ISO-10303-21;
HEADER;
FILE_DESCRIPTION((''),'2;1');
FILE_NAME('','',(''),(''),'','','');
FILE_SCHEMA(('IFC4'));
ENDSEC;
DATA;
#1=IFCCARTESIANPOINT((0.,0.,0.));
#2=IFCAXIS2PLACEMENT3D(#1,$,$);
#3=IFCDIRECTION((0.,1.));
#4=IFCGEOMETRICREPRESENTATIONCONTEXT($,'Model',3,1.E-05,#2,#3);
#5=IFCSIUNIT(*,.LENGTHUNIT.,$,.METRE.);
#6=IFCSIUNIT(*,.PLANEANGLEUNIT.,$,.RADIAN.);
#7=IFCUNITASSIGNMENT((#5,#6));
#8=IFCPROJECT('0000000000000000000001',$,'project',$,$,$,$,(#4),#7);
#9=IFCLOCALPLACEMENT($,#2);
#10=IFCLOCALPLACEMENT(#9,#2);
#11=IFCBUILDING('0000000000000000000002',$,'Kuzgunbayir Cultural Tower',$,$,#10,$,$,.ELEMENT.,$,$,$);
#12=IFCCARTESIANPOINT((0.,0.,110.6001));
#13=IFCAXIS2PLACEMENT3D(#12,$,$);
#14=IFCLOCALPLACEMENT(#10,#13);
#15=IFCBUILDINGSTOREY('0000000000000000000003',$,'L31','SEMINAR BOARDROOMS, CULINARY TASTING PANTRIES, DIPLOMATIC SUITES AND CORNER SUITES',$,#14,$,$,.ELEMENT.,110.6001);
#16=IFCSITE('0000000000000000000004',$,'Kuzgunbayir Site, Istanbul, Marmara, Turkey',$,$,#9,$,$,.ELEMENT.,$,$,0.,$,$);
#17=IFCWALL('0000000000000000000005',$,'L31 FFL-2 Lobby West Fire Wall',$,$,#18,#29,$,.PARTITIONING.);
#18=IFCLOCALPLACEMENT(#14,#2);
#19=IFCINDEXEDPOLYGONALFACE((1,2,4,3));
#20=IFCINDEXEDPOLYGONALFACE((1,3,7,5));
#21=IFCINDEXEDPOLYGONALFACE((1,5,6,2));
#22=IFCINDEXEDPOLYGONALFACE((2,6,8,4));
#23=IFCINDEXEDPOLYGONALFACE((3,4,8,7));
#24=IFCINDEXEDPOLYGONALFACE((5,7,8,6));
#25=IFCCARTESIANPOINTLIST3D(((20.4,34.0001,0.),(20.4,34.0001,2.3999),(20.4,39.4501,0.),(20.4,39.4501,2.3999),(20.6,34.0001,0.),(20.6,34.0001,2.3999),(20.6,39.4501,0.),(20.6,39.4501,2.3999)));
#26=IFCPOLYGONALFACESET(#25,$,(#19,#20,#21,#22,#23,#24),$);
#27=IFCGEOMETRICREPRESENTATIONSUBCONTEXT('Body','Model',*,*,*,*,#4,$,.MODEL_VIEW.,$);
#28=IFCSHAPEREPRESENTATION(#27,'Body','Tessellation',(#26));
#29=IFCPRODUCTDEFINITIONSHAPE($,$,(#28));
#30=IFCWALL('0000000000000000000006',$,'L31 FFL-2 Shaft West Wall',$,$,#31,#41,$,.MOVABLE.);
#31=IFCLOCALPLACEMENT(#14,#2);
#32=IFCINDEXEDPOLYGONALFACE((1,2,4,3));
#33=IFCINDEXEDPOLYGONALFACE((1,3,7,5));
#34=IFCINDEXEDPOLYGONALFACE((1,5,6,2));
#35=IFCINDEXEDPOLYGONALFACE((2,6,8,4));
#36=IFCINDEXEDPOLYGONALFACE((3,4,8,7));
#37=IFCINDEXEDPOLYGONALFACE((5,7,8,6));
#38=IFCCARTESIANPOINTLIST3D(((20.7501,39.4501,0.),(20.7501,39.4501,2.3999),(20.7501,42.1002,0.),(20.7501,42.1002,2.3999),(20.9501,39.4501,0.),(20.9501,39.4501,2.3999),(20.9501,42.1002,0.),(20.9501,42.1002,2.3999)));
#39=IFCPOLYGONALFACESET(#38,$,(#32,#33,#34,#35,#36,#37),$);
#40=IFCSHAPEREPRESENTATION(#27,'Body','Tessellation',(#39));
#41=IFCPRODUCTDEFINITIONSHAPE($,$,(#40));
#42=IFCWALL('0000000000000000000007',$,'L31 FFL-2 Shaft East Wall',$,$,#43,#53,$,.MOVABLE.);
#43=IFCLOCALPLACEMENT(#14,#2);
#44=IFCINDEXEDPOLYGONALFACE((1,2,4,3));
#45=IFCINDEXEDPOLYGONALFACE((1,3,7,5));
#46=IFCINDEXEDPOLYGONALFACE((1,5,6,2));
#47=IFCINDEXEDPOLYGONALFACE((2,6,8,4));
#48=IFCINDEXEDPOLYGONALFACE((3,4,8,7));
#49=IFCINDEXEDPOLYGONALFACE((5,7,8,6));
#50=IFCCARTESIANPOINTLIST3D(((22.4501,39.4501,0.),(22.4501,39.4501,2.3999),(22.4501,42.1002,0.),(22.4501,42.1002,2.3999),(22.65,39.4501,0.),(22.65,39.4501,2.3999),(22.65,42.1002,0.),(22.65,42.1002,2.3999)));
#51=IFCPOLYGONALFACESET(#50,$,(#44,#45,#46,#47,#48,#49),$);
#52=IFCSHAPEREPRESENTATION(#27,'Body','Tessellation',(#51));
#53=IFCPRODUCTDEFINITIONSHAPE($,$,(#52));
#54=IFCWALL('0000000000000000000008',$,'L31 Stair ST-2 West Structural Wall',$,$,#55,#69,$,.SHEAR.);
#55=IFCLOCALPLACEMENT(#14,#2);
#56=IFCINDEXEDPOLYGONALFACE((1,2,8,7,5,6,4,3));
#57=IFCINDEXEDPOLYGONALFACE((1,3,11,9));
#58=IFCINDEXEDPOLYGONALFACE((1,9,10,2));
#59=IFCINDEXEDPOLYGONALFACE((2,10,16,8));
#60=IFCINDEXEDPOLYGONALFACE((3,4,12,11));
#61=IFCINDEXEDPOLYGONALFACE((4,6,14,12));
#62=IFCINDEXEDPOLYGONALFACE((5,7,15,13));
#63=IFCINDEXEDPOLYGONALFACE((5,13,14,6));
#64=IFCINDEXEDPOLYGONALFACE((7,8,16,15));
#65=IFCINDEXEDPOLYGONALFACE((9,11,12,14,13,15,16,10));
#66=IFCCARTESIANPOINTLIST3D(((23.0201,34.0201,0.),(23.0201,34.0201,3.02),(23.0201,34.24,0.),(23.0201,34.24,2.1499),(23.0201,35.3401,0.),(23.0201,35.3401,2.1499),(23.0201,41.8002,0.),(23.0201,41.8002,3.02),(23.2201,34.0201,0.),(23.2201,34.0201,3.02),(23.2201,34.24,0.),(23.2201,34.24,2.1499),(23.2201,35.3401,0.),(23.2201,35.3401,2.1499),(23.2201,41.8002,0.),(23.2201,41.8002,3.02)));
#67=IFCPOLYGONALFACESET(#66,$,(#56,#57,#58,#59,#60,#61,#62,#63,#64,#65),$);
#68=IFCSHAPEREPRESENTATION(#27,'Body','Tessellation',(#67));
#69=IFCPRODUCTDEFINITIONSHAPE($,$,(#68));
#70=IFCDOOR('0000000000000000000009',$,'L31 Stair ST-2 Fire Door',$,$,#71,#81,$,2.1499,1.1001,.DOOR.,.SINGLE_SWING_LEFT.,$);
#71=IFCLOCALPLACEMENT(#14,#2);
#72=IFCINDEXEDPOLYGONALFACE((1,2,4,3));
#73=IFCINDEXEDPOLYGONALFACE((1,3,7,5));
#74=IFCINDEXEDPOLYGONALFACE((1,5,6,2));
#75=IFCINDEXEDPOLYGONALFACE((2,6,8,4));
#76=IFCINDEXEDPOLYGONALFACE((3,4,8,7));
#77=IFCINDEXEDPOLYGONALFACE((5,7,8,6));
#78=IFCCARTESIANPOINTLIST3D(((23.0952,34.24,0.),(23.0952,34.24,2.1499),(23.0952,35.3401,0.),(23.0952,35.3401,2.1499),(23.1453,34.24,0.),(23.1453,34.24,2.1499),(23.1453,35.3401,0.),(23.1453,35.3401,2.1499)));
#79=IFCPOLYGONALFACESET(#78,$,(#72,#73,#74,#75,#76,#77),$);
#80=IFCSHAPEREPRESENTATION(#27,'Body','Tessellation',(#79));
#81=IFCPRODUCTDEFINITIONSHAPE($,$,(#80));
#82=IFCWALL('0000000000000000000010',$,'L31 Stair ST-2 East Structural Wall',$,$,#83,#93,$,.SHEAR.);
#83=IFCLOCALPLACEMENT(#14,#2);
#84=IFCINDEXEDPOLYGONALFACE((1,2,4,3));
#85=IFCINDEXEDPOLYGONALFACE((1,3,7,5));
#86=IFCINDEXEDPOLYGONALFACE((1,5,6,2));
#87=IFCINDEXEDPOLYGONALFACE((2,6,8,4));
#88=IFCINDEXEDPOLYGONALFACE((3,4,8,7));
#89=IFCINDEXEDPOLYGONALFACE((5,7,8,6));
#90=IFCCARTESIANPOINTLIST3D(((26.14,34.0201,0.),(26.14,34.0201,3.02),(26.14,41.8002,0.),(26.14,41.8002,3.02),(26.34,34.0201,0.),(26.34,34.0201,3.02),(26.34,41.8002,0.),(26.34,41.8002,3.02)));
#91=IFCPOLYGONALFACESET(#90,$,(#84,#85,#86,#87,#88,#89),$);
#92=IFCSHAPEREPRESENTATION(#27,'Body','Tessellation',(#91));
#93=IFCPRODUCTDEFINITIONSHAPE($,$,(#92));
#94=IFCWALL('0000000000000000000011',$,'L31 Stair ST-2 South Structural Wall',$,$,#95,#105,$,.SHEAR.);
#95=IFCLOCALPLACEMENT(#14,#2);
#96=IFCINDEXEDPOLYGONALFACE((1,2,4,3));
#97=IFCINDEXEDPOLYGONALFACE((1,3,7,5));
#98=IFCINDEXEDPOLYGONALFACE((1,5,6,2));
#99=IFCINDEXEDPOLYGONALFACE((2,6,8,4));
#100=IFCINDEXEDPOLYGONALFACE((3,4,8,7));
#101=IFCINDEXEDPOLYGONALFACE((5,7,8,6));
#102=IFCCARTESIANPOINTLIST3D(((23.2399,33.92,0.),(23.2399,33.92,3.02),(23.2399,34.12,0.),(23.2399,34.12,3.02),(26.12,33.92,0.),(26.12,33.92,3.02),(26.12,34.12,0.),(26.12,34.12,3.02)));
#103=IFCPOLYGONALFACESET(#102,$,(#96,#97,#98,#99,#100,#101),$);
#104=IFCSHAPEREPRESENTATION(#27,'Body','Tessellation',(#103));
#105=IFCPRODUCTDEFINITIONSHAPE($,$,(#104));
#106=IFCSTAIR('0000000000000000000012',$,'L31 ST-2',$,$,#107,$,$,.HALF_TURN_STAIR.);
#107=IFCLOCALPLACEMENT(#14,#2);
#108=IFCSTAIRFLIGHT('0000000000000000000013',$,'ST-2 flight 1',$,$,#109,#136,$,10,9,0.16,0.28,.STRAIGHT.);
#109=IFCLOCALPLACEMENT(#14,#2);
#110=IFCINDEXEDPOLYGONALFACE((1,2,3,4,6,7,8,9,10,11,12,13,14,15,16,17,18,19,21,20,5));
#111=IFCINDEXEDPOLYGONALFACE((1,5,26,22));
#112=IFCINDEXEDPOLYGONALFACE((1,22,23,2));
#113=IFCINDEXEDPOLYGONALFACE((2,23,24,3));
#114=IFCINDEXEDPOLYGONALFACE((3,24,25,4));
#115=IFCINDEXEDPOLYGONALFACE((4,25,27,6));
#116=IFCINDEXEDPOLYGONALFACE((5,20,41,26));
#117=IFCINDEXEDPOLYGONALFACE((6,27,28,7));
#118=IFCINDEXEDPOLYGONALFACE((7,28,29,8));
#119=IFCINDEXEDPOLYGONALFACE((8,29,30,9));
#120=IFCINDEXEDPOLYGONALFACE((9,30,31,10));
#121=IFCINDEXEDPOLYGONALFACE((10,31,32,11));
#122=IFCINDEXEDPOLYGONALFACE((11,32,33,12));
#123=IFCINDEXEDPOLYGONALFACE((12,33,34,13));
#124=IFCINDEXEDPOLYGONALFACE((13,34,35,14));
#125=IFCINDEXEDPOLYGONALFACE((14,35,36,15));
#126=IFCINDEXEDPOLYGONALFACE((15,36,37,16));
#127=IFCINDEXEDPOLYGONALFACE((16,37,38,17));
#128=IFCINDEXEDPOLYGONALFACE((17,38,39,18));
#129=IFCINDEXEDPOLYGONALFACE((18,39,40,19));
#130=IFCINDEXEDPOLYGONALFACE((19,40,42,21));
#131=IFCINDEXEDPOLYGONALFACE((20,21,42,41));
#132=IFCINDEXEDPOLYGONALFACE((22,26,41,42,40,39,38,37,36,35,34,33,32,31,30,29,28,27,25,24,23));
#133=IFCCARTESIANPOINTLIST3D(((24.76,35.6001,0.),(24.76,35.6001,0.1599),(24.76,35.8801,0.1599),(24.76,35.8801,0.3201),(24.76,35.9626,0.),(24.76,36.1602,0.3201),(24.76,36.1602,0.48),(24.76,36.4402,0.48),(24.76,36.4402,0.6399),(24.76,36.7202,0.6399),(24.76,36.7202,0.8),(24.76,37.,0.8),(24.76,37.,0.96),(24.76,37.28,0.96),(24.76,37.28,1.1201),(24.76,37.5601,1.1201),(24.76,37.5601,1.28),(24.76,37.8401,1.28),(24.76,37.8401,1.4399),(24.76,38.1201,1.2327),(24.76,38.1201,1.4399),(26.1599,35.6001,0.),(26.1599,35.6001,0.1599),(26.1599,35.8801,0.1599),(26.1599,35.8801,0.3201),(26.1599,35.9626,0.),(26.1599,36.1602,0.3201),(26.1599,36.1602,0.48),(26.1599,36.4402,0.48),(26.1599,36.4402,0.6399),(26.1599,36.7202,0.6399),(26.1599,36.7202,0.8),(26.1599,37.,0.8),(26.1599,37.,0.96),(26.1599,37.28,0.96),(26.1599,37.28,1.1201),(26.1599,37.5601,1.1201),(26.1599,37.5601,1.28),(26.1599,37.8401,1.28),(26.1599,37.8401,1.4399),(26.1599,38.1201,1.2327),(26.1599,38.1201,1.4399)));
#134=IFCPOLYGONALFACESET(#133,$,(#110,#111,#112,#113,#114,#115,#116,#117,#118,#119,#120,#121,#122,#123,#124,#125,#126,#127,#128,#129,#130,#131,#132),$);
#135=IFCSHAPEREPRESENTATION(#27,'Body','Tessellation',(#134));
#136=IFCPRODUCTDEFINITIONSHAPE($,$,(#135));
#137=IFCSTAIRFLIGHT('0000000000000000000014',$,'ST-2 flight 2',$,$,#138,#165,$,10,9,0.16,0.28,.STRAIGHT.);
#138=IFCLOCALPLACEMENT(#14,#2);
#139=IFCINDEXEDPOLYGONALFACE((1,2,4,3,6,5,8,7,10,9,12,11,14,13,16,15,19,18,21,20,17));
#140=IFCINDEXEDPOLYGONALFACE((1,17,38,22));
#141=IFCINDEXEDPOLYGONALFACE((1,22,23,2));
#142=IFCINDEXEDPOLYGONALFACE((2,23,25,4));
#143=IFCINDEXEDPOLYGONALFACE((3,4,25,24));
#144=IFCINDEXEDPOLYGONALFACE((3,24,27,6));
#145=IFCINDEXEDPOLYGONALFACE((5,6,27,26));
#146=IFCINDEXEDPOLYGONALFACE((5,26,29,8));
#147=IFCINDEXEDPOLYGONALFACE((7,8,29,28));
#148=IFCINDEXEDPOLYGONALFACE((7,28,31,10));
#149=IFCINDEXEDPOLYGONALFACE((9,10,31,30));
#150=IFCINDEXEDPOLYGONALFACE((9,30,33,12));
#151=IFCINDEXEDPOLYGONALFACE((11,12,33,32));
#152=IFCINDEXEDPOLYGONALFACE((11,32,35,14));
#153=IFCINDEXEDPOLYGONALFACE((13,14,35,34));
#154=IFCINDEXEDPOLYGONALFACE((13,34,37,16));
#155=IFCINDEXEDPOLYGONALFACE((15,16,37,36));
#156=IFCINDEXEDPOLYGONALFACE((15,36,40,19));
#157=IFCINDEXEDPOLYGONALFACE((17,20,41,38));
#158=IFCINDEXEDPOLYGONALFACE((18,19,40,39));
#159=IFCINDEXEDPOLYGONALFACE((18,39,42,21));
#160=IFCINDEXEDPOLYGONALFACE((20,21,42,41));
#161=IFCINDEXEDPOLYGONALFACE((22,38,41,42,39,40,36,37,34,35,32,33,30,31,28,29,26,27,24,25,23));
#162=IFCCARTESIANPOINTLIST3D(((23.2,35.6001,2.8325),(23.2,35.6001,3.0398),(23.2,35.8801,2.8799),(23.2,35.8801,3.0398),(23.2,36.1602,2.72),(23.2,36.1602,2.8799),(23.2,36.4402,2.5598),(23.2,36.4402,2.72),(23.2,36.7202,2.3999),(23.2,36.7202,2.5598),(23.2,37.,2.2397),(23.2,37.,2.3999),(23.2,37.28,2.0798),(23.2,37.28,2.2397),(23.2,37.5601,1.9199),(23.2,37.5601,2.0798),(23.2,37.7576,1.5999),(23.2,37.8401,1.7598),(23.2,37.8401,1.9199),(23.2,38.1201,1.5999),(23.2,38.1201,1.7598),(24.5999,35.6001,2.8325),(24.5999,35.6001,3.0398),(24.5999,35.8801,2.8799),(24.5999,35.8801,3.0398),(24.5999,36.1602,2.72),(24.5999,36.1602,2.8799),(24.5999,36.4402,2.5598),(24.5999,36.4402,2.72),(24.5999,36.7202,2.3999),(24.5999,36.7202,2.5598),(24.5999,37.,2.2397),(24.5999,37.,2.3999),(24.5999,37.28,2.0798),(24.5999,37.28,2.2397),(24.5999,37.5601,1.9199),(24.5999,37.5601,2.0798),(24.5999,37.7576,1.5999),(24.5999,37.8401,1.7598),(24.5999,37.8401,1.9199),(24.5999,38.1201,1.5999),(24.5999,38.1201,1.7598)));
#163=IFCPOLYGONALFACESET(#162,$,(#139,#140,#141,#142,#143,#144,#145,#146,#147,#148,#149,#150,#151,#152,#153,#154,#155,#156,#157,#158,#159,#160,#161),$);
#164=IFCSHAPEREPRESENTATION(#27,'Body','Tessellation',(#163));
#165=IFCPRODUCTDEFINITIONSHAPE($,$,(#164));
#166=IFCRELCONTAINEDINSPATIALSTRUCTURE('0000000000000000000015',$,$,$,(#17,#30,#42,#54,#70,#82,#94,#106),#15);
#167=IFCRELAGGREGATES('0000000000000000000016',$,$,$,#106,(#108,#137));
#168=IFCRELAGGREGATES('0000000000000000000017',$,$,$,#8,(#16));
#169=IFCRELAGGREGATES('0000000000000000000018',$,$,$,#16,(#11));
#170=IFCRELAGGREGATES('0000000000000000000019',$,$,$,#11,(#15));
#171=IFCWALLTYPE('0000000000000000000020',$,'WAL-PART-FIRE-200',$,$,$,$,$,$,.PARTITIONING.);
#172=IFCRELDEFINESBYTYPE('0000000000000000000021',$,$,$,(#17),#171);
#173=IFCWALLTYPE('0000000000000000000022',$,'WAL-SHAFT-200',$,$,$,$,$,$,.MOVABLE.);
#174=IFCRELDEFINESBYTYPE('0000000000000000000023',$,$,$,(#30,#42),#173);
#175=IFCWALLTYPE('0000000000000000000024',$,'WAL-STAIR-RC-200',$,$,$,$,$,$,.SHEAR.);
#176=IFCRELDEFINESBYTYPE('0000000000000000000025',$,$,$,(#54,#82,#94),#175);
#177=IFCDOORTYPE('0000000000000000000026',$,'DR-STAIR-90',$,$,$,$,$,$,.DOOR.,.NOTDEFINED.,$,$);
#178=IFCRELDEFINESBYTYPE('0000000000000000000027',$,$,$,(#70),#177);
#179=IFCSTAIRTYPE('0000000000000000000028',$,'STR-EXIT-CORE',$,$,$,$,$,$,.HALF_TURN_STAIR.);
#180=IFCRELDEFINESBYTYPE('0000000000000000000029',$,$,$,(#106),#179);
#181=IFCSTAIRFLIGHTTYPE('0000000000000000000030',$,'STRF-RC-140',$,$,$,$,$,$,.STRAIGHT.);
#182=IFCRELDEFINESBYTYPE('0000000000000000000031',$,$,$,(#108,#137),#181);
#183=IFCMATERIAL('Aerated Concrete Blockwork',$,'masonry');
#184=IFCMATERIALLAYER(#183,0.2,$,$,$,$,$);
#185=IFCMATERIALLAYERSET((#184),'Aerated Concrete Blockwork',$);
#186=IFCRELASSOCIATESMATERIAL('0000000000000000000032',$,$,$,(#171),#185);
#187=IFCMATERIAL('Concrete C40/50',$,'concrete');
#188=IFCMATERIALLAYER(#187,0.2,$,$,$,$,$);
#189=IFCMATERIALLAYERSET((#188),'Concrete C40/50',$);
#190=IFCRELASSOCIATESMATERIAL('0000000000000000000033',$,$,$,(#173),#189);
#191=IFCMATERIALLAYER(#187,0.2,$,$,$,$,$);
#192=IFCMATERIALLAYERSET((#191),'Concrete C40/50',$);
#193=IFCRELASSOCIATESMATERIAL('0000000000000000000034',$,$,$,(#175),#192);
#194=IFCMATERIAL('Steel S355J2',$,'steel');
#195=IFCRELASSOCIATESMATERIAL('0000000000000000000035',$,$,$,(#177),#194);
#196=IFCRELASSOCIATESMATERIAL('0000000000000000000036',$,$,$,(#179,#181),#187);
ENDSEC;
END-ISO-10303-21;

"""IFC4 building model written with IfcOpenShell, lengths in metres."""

from ifc_helpers import new_model, si_unit, direction, frame, frame_2d, origin, place, context, subcontext, project, spatial, polyline, rectangle, outline, extrude, material, layer, layer_set, type_object, element, fill, aggregate, save


model = new_model("IFC4")

# Units and contexts
model_context = context("Model", 3, precision=1e-05, world=origin(), true_north=direction((0.0, 1.0)))
body_context = subcontext(model_context, "Body", "Model", "MODEL_VIEW")
ifc_project = project(units=[si_unit("LENGTHUNIT", "METRE"), si_unit("PLANEANGLEUNIT", "RADIAN")], contexts=[model_context])

# Site, building, storey
site_placement = place(None, origin())
site = spatial("IfcSite", under=ifc_project, at=site_placement, Name="Kuzgunbayir Site, Istanbul, Marmara, Turkey", CompositionType="ELEMENT", RefElevation=0.0)
building_placement = place(site_placement, origin())
building = spatial("IfcBuilding", under=site, at=building_placement, Name="Kuzgunbayir Cultural Tower", CompositionType="ELEMENT")
storey_placement = place(building_placement, frame((0.0, 0.0, 110.6001)))
storey = spatial("IfcBuildingStorey", under=building, at=storey_placement, Name="L31", Description="SEMINAR BOARDROOMS, CULINARY TASTING PANTRIES, DIPLOMATIC SUITES AND CORNER SUITES", CompositionType="ELEMENT", Elevation=110.6001)

# Shared definitions
ifc_material_1 = material(Name="Steel S355J2", Category="steel")

# Wall
ifc_material_2 = material(Name="Aerated Concrete Blockwork", Category="masonry")
ifc_layer_1 = layer(ifc_material_2, 0.2)
ifc_layer_set_1 = layer_set([ifc_layer_1], Name="Aerated Concrete Blockwork")
wall_type_1 = type_object("IfcWallType", Name="WAL-PART-FIRE-200", PredefinedType="PARTITIONING", material=ifc_layer_set_1)
wall_1_placement = place(storey_placement, frame((20.5, 34.0, 0.0), z_axis=(0.0, 0.0, 1.0), x_axis=(0.0, 1.0, 0.0)))
element("IfcWall", 1, at=wall_1_placement, inside=storey, type_object=wall_type_1, Name="L31 FFL-2 Lobby West Fire Wall", PredefinedType="PARTITIONING", context=body_context, shape_type="SweptSolid", body=[
    extrude(rectangle(XDim=5.45, YDim=0.2, at=frame_2d((2.7251, 0.0))), origin(), (0.0, 0.0, 1.0), 2.3999),
])

# Shared definitions
ifc_material_3 = material(Name="Concrete C40/50", Category="concrete")
ifc_layer_2 = layer(ifc_material_3, 0.2)
ifc_layer_set_2 = layer_set([ifc_layer_2], Name="Concrete C40/50")
wall_type_2 = type_object("IfcWallType", Name="WAL-SHAFT-200", PredefinedType="MOVABLE", material=ifc_layer_set_2)

# Walls
for number, where, z_axis, x_axis, name in (
    (2, (20.8501, 39.45, 0.0), (0.0, 0.0, 1.0), (0.0, 1.0, 0.0), "L31 FFL-2 Shaft West Wall"),
    (3, (22.55, 39.45, 0.0), (0.0, 0.0, 1.0), (0.0, 1.0, 0.0), "L31 FFL-2 Shaft East Wall"),
):
    element("IfcWall", number, at=place(storey_placement, frame(where, z_axis=z_axis, x_axis=x_axis)), inside=storey, type_object=wall_type_2, Name=name, PredefinedType="MOVABLE", context=body_context, shape_type="SweptSolid", body=[
        extrude(rectangle(XDim=2.6501, YDim=0.2, at=frame_2d((1.3252, 0.0))), origin(), (0.0, 0.0, 1.0), 2.3999),
    ])

# Wall, opening, door
ifc_layer_3 = layer(ifc_material_3, 0.2)
ifc_layer_set_3 = layer_set([ifc_layer_3], Name="Concrete C40/50")
wall_type_3 = type_object("IfcWallType", Name="WAL-STAIR-RC-200", PredefinedType="SHEAR", material=ifc_layer_set_3)
wall_2_placement = place(storey_placement, frame((23.1201, 34.02, 0.0), z_axis=(0.0, 0.0, 1.0), x_axis=(0.0, 1.0, 0.0)))
wall_2 = element("IfcWall", 4, at=wall_2_placement, inside=storey, type_object=wall_type_3, Name="L31 Stair ST-2 West Structural Wall", PredefinedType="SHEAR", context=body_context, shape_type="SweptSolid", body=[
    extrude(rectangle(XDim=7.78, YDim=0.2, at=frame_2d((3.8901, 0.0))), origin(), (0.0, 0.0, 1.0), 3.02),
])
opening_1_placement = place(wall_2_placement, frame((0.22, 0.0, 0.0)))
opening_1 = element("IfcOpeningElement", 5, at=opening_1_placement, cuts=wall_2, PredefinedType="OPENING", context=body_context, shape_type="SweptSolid", body=[
    extrude(rectangle(XDim=1.1001, YDim=2.1499, at=frame_2d((0.55, 1.075))), frame((0.0, 0.1099, 0.0), z_axis=(0.0, -1.0, 0.0), x_axis=(1.0, 0.0, 0.0)), (0.0, 0.0, 1.0), 0.22),
])
door_type_1 = type_object("IfcDoorType", Name="DR-STAIR-90", OperationType="NOTDEFINED", PredefinedType="DOOR", material=ifc_material_1)
door_1_placement = place(opening_1_placement, origin())
door_1 = element("IfcDoor", 6, at=door_1_placement, inside=storey, type_object=door_type_1, Name="L31 Stair ST-2 Fire Door", OperationType="SINGLE_SWING_LEFT", OverallHeight=2.1499, OverallWidth=1.1001, PredefinedType="DOOR", context=body_context, shape_type="SweptSolid", body=[
    extrude(rectangle(XDim=1.1001, YDim=2.1499, at=frame_2d((0.55, 1.075))), frame((0.0, 0.0249, 0.0), z_axis=(0.0, -1.0, 0.0), x_axis=(1.0, 0.0, 0.0)), (0.0, 0.0, 1.0), 0.05),
])
fill(opening_1, door_1)

# Walls
wall_3_placement = place(storey_placement, frame((26.24, 34.02, 0.0), z_axis=(0.0, 0.0, 1.0), x_axis=(0.0, 1.0, 0.0)))
element("IfcWall", 7, at=wall_3_placement, inside=storey, type_object=wall_type_3, Name="L31 Stair ST-2 East Structural Wall", PredefinedType="SHEAR", context=body_context, shape_type="SweptSolid", body=[
    extrude(rectangle(XDim=7.78, YDim=0.2, at=frame_2d((3.8901, 0.0))), origin(), (0.0, 0.0, 1.0), 3.02),
])
wall_4_placement = place(storey_placement, frame((23.24, 34.02, 0.0), z_axis=(0.0, 0.0, 1.0), x_axis=(1.0, 0.0, 0.0)))
element("IfcWall", 8, at=wall_4_placement, inside=storey, type_object=wall_type_3, Name="L31 Stair ST-2 South Structural Wall", PredefinedType="SHEAR", context=body_context, shape_type="SweptSolid", body=[
    extrude(rectangle(XDim=2.8801, YDim=0.2, at=frame_2d((1.4399, 0.0))), origin(), (0.0, 0.0, 1.0), 3.02),
])

# Stair, stair flights
stair_type = type_object("IfcStairType", Name="STR-EXIT-CORE", PredefinedType="HALF_TURN_STAIR", material=ifc_material_3)
stair_placement = place(storey_placement, origin())
stair = element("IfcStair", 9, at=stair_placement, inside=storey, type_object=stair_type, Name="L31 ST-2", PredefinedType="HALF_TURN_STAIR")
stair_flight_type = type_object("IfcStairFlightType", Name="STRF-RC-140", PredefinedType="STRAIGHT", material=ifc_material_3)
stair_flight_1_placement = place(storey_placement, frame((25.46, 35.6001, 0.0), z_axis=(0.0, 0.0, 1.0), x_axis=(0.0, 1.0, 0.0)))
stair_flight_1 = element("IfcStairFlight", 10, at=stair_flight_1_placement, type_object=stair_flight_type, Name="ST-2 flight 1", NumberOfRisers=10, NumberOfTreads=9, PredefinedType="STRAIGHT", RiserHeight=0.16, TreadLength=0.28, context=body_context, shape_type="SweptSolid", body=[
    extrude(outline(polyline([(0.0, 0.0), (0.0, 0.1599), (0.28, 0.1599), (0.28, 0.3201), (0.5601, 0.3201), (0.5601, 0.48), (0.8401, 0.48), (0.8401, 0.6399), (1.1201, 0.6399), (1.1201, 0.8), (1.3999, 0.8), (1.3999, 0.96), (1.6799, 0.96), (1.6799, 1.1201), (1.96, 1.1201), (1.96, 1.28), (2.24, 1.28), (2.24, 1.4399), (2.52, 1.4399), (2.52, 1.6001), (2.52, 1.2327), (0.3625, 0.0), (0.0, 0.0)])), frame((0.0, 0.7, 0.0), z_axis=(0.0, -1.0, 0.0), x_axis=(1.0, 0.0, 0.0)), (0.0, 0.0, 1.0), 1.3999),
])
stair_flight_2_placement = place(storey_placement, frame((23.8999, 38.1201, 1.5999), z_axis=(0.0, 0.0, 1.0), x_axis=(0.0, -1.0, 0.0)))
stair_flight_2 = element("IfcStairFlight", 11, at=stair_flight_2_placement, type_object=stair_flight_type, Name="ST-2 flight 2", NumberOfRisers=10, NumberOfTreads=9, PredefinedType="STRAIGHT", RiserHeight=0.16, TreadLength=0.28, context=body_context, shape_type="SweptSolid", body=[
    extrude(outline(polyline([(0.0, 0.0), (0.0, 0.1599), (0.28, 0.1599), (0.28, 0.3201), (0.5601, 0.3201), (0.5601, 0.48), (0.8401, 0.48), (0.8401, 0.6399), (1.1201, 0.6399), (1.1201, 0.8), (1.3999, 0.8), (1.3999, 0.96), (1.6799, 0.96), (1.6799, 1.1201), (1.96, 1.1201), (1.96, 1.28), (2.24, 1.28), (2.24, 1.4399), (2.52, 1.4399), (2.52, 1.6001), (2.52, 1.2327), (0.3625, 0.0), (0.0, 0.0)])), frame((0.0, 0.7, 0.0), z_axis=(0.0, -1.0, 0.0), x_axis=(1.0, 0.0, 0.0)), (0.0, 0.0, 1.0), 1.3999),
])
aggregate(stair, [stair_flight_1, stair_flight_2])

save(model, "model.ifc")
